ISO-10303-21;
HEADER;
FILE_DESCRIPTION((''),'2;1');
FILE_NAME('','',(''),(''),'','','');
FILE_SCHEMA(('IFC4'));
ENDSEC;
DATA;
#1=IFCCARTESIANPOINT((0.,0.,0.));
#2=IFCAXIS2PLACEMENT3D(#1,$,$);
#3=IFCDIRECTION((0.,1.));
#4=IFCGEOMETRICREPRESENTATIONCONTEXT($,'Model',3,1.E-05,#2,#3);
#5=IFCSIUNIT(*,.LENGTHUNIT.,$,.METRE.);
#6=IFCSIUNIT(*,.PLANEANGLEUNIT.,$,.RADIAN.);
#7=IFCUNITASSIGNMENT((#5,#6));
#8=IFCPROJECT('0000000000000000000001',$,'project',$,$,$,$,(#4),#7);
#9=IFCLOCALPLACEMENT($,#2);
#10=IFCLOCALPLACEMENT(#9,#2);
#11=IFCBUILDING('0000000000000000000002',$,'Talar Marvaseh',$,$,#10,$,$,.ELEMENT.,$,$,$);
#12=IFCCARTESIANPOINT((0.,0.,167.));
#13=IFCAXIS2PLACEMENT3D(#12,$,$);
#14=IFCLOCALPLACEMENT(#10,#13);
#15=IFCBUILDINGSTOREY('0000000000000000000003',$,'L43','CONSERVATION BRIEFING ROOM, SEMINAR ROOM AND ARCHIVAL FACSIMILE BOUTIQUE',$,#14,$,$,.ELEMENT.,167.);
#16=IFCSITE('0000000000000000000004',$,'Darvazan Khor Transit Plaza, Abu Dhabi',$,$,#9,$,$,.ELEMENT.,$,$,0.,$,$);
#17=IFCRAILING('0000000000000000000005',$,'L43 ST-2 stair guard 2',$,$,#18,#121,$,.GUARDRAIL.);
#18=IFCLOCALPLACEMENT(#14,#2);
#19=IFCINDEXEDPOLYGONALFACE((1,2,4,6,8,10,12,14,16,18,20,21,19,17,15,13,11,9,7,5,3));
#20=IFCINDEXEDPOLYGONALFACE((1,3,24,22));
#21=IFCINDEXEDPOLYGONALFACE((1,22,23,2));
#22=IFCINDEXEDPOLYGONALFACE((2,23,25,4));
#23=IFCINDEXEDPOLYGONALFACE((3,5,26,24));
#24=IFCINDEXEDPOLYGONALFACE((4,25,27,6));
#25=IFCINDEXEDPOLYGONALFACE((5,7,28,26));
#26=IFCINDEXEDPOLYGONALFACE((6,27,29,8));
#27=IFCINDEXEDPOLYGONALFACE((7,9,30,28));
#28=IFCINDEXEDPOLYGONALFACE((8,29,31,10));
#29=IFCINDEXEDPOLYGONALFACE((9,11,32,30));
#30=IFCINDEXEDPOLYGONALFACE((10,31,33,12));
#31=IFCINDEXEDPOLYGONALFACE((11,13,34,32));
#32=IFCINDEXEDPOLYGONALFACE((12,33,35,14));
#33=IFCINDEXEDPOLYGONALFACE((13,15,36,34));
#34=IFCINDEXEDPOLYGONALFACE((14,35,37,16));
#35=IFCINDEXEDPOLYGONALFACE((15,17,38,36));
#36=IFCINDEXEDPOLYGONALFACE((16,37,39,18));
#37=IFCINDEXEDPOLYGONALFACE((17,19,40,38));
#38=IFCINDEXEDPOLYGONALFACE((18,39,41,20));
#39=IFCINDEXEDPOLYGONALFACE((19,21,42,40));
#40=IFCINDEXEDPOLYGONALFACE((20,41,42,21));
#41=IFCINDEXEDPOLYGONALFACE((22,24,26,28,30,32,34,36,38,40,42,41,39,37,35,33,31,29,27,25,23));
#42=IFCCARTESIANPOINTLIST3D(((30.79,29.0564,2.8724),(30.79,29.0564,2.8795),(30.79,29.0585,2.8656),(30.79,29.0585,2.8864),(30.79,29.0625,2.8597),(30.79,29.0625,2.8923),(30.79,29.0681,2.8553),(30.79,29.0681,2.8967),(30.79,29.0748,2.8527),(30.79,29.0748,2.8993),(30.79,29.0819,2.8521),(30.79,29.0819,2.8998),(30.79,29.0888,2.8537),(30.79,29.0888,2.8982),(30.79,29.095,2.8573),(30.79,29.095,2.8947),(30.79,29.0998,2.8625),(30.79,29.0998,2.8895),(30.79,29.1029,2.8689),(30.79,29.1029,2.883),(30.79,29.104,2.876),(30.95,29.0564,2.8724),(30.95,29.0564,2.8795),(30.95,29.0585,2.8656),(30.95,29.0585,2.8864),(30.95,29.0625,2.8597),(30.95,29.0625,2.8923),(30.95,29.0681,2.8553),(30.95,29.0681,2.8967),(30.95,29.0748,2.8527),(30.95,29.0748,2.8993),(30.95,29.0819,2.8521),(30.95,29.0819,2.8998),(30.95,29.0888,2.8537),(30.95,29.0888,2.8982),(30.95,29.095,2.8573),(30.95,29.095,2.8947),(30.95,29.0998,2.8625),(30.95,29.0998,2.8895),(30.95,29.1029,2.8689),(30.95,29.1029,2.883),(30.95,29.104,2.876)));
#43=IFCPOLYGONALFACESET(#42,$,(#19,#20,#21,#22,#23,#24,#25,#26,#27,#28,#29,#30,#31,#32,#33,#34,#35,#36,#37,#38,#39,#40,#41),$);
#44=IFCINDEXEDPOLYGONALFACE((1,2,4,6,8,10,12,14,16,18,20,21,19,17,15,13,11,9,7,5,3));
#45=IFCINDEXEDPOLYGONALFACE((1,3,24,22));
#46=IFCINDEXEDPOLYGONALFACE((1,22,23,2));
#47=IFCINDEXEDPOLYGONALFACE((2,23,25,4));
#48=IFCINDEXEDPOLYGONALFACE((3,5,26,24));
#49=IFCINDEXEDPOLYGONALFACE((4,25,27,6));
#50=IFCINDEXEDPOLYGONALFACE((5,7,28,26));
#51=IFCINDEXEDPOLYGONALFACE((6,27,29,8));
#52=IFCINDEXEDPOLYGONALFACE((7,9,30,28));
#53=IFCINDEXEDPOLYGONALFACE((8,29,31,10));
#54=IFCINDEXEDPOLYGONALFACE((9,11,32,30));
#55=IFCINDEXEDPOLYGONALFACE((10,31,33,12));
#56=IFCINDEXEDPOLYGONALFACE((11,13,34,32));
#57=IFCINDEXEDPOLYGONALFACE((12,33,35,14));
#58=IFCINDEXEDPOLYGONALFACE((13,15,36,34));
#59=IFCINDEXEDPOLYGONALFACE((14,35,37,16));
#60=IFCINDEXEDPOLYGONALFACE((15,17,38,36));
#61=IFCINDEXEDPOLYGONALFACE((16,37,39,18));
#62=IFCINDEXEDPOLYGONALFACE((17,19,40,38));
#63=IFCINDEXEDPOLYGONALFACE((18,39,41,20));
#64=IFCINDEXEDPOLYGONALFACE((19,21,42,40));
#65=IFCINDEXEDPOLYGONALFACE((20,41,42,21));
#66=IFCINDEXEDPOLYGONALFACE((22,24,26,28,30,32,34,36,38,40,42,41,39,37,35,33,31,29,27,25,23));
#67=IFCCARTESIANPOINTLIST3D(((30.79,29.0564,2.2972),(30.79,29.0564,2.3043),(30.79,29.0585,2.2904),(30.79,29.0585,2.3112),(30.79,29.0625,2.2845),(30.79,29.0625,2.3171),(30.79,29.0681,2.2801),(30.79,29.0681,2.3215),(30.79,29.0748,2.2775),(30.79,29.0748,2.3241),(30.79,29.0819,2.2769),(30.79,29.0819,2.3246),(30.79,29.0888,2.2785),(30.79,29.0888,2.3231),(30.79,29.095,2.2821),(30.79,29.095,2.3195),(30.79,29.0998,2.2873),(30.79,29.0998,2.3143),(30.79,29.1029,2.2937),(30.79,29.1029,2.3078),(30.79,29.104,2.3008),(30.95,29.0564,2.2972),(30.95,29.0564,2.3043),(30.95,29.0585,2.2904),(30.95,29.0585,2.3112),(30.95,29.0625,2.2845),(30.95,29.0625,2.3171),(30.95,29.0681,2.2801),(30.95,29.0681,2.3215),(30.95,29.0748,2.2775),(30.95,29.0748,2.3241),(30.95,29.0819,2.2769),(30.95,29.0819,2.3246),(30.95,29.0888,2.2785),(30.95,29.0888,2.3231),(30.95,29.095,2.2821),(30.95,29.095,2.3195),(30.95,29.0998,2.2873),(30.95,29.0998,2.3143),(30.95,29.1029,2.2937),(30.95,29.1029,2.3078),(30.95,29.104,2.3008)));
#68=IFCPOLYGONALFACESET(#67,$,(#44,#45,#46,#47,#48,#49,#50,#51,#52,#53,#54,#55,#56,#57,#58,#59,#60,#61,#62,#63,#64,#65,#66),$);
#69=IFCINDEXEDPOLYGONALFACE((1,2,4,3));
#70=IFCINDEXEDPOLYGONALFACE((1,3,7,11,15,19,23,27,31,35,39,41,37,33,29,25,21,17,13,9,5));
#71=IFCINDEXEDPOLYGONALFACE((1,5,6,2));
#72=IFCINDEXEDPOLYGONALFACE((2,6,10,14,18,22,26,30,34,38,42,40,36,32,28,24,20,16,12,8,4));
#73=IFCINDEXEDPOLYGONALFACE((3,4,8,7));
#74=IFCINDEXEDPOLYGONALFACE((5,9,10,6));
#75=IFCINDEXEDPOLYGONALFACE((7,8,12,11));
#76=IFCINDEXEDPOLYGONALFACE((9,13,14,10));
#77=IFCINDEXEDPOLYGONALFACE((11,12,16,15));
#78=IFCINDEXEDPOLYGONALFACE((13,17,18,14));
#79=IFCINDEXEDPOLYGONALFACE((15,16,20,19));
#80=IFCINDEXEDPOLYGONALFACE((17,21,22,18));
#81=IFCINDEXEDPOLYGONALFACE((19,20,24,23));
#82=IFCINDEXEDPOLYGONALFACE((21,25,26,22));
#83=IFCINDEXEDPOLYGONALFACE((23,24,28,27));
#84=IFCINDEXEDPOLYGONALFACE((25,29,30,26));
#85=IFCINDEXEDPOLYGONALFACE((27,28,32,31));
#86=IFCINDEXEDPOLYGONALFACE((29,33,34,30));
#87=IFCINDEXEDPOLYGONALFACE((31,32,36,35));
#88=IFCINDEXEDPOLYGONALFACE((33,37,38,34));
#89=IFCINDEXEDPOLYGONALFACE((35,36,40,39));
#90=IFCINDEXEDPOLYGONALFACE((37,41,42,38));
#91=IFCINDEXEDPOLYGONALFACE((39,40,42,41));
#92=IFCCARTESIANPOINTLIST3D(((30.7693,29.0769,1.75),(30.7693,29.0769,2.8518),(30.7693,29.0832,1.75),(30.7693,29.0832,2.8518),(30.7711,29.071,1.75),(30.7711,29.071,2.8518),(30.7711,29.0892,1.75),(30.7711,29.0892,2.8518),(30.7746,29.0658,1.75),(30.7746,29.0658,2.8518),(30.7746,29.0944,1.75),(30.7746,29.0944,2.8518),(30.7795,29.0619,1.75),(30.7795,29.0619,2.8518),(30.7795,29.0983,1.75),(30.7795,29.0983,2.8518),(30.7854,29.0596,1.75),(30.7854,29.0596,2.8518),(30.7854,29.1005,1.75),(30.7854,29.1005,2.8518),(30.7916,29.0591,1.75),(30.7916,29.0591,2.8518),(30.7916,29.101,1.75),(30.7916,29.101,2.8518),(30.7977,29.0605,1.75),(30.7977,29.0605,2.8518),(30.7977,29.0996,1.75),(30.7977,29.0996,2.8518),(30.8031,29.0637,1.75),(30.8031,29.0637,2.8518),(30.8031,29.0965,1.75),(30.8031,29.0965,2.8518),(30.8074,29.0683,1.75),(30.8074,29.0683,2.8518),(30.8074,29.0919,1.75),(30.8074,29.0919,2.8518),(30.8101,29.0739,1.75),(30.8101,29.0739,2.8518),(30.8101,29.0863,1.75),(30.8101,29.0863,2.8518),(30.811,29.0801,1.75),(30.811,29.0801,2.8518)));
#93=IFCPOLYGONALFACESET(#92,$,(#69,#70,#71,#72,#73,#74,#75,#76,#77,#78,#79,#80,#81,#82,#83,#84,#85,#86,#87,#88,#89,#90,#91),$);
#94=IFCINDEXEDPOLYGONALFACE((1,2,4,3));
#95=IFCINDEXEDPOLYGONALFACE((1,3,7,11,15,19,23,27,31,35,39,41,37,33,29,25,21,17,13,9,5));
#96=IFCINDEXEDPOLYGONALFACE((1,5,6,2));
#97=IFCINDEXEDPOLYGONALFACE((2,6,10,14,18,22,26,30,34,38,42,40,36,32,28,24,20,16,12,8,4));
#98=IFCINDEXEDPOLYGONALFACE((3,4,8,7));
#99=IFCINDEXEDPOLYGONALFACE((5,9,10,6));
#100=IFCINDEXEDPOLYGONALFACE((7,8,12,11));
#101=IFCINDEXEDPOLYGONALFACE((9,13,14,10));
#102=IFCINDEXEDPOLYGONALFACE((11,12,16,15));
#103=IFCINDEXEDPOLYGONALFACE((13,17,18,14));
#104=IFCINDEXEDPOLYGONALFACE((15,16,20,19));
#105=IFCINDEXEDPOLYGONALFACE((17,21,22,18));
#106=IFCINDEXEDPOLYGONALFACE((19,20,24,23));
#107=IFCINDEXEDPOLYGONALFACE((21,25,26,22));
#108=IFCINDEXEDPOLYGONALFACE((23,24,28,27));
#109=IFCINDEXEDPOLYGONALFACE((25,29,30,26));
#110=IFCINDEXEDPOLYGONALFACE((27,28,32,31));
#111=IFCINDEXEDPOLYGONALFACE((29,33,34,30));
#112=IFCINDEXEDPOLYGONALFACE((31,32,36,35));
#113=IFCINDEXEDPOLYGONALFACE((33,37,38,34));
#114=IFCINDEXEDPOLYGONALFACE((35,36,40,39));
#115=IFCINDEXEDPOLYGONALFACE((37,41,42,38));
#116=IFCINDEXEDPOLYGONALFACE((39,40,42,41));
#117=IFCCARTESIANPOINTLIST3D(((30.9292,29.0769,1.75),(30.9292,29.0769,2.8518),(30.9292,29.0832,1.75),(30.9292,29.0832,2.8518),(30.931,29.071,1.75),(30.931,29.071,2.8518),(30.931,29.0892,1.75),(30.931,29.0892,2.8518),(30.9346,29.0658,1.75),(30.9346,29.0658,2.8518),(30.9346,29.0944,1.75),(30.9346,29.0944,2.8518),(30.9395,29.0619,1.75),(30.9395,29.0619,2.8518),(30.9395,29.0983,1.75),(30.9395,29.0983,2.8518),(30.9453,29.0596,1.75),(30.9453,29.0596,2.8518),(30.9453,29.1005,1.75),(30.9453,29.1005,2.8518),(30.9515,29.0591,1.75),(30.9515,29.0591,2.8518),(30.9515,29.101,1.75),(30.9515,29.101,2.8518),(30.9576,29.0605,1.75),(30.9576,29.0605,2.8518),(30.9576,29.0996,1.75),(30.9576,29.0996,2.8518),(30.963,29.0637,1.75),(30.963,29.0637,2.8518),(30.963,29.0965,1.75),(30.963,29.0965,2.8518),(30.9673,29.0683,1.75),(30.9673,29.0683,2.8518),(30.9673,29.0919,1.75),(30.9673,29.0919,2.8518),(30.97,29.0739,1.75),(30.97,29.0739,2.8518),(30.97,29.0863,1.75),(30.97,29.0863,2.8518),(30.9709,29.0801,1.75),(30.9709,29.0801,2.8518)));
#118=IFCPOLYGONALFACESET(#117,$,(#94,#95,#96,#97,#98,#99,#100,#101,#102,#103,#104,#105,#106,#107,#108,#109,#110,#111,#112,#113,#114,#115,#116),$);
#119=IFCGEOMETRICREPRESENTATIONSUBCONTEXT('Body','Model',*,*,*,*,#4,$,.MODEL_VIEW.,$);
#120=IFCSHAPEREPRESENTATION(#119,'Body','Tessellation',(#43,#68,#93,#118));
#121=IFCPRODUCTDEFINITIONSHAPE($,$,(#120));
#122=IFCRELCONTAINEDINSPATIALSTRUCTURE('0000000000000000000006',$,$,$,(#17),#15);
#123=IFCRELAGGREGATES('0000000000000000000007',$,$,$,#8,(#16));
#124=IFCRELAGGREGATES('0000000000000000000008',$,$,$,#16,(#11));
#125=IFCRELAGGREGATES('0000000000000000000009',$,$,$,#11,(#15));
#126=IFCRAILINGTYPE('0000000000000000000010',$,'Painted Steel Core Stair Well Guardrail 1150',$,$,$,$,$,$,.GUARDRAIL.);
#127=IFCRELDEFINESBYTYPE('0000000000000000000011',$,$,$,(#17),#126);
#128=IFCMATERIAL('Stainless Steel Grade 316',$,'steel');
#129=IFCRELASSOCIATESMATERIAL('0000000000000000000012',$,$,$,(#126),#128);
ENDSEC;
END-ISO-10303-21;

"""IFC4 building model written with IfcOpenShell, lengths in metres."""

from ifc_helpers import new_model, si_unit, direction, frame, origin, origin_2d, place, context, subcontext, project, spatial, circle, extrude, material, type_object, element, save


model = new_model("IFC4")

# Units and contexts
model_context = context("Model", 3, precision=1e-05, world=origin(), true_north=direction((0.0, 1.0)))
body_context = subcontext(model_context, "Body", "Model", "MODEL_VIEW")
ifc_project = project(units=[si_unit("LENGTHUNIT", "METRE"), si_unit("PLANEANGLEUNIT", "RADIAN")], contexts=[model_context])

# Site, building, storey
site_placement = place(None, origin())
site = spatial("IfcSite", under=ifc_project, at=site_placement, Name="Darvazan Khor Transit Plaza, Abu Dhabi", CompositionType="ELEMENT", RefElevation=0.0)
building_placement = place(site_placement, origin())
building = spatial("IfcBuilding", under=site, at=building_placement, Name="Talar Marvaseh", CompositionType="ELEMENT")
storey_placement = place(building_placement, frame((0.0, 0.0, 167.0)))
storey = spatial("IfcBuildingStorey", under=building, at=storey_placement, Name="L43", Description="CONSERVATION BRIEFING ROOM, SEMINAR ROOM AND ARCHIVAL FACSIMILE BOUTIQUE", CompositionType="ELEMENT", Elevation=167.0)

# Shared definitions
ifc_material_1 = material(Name="Stainless Steel Grade 316", Category="steel")

# Railing
railing_type_1 = type_object("IfcRailingType", Name="Painted Steel Core Stair Well Guardrail 1150", PredefinedType="GUARDRAIL", material=ifc_material_1)
railing_1_placement = place(storey_placement, frame((30.79, 29.0801, 1.75)))
element("IfcRailing", 1, at=railing_1_placement, inside=storey, type_object=railing_type_1, Name="L43 ST-2 stair guard 2", PredefinedType="GUARDRAIL", context=body_context, shape_type="SweptSolid", body=[
    extrude(circle(Radius=0.0239, at=origin_2d()), frame((0.0, 0.0, 1.126), z_axis=(1.0, 0.0, 0.0), x_axis=(0.0, 1.0, 0.0)), (0.0, 0.0, 1.0), 0.1599),
    extrude(circle(Radius=0.0239, at=origin_2d()), frame((0.0, 0.0, 0.5508), z_axis=(1.0, 0.0, 0.0), x_axis=(0.0, 1.0, 0.0)), (0.0, 0.0, 1.0), 0.1599),
    extrude(circle(Radius=0.021, at=origin_2d()), origin(), (0.0, 0.0, 1.0), 1.1018),
    extrude(circle(Radius=0.021, at=origin_2d()), frame((0.1599, 0.0, 0.0)), (0.0, 0.0, 1.0), 1.1018),
])

save(model, "model.ifc")
